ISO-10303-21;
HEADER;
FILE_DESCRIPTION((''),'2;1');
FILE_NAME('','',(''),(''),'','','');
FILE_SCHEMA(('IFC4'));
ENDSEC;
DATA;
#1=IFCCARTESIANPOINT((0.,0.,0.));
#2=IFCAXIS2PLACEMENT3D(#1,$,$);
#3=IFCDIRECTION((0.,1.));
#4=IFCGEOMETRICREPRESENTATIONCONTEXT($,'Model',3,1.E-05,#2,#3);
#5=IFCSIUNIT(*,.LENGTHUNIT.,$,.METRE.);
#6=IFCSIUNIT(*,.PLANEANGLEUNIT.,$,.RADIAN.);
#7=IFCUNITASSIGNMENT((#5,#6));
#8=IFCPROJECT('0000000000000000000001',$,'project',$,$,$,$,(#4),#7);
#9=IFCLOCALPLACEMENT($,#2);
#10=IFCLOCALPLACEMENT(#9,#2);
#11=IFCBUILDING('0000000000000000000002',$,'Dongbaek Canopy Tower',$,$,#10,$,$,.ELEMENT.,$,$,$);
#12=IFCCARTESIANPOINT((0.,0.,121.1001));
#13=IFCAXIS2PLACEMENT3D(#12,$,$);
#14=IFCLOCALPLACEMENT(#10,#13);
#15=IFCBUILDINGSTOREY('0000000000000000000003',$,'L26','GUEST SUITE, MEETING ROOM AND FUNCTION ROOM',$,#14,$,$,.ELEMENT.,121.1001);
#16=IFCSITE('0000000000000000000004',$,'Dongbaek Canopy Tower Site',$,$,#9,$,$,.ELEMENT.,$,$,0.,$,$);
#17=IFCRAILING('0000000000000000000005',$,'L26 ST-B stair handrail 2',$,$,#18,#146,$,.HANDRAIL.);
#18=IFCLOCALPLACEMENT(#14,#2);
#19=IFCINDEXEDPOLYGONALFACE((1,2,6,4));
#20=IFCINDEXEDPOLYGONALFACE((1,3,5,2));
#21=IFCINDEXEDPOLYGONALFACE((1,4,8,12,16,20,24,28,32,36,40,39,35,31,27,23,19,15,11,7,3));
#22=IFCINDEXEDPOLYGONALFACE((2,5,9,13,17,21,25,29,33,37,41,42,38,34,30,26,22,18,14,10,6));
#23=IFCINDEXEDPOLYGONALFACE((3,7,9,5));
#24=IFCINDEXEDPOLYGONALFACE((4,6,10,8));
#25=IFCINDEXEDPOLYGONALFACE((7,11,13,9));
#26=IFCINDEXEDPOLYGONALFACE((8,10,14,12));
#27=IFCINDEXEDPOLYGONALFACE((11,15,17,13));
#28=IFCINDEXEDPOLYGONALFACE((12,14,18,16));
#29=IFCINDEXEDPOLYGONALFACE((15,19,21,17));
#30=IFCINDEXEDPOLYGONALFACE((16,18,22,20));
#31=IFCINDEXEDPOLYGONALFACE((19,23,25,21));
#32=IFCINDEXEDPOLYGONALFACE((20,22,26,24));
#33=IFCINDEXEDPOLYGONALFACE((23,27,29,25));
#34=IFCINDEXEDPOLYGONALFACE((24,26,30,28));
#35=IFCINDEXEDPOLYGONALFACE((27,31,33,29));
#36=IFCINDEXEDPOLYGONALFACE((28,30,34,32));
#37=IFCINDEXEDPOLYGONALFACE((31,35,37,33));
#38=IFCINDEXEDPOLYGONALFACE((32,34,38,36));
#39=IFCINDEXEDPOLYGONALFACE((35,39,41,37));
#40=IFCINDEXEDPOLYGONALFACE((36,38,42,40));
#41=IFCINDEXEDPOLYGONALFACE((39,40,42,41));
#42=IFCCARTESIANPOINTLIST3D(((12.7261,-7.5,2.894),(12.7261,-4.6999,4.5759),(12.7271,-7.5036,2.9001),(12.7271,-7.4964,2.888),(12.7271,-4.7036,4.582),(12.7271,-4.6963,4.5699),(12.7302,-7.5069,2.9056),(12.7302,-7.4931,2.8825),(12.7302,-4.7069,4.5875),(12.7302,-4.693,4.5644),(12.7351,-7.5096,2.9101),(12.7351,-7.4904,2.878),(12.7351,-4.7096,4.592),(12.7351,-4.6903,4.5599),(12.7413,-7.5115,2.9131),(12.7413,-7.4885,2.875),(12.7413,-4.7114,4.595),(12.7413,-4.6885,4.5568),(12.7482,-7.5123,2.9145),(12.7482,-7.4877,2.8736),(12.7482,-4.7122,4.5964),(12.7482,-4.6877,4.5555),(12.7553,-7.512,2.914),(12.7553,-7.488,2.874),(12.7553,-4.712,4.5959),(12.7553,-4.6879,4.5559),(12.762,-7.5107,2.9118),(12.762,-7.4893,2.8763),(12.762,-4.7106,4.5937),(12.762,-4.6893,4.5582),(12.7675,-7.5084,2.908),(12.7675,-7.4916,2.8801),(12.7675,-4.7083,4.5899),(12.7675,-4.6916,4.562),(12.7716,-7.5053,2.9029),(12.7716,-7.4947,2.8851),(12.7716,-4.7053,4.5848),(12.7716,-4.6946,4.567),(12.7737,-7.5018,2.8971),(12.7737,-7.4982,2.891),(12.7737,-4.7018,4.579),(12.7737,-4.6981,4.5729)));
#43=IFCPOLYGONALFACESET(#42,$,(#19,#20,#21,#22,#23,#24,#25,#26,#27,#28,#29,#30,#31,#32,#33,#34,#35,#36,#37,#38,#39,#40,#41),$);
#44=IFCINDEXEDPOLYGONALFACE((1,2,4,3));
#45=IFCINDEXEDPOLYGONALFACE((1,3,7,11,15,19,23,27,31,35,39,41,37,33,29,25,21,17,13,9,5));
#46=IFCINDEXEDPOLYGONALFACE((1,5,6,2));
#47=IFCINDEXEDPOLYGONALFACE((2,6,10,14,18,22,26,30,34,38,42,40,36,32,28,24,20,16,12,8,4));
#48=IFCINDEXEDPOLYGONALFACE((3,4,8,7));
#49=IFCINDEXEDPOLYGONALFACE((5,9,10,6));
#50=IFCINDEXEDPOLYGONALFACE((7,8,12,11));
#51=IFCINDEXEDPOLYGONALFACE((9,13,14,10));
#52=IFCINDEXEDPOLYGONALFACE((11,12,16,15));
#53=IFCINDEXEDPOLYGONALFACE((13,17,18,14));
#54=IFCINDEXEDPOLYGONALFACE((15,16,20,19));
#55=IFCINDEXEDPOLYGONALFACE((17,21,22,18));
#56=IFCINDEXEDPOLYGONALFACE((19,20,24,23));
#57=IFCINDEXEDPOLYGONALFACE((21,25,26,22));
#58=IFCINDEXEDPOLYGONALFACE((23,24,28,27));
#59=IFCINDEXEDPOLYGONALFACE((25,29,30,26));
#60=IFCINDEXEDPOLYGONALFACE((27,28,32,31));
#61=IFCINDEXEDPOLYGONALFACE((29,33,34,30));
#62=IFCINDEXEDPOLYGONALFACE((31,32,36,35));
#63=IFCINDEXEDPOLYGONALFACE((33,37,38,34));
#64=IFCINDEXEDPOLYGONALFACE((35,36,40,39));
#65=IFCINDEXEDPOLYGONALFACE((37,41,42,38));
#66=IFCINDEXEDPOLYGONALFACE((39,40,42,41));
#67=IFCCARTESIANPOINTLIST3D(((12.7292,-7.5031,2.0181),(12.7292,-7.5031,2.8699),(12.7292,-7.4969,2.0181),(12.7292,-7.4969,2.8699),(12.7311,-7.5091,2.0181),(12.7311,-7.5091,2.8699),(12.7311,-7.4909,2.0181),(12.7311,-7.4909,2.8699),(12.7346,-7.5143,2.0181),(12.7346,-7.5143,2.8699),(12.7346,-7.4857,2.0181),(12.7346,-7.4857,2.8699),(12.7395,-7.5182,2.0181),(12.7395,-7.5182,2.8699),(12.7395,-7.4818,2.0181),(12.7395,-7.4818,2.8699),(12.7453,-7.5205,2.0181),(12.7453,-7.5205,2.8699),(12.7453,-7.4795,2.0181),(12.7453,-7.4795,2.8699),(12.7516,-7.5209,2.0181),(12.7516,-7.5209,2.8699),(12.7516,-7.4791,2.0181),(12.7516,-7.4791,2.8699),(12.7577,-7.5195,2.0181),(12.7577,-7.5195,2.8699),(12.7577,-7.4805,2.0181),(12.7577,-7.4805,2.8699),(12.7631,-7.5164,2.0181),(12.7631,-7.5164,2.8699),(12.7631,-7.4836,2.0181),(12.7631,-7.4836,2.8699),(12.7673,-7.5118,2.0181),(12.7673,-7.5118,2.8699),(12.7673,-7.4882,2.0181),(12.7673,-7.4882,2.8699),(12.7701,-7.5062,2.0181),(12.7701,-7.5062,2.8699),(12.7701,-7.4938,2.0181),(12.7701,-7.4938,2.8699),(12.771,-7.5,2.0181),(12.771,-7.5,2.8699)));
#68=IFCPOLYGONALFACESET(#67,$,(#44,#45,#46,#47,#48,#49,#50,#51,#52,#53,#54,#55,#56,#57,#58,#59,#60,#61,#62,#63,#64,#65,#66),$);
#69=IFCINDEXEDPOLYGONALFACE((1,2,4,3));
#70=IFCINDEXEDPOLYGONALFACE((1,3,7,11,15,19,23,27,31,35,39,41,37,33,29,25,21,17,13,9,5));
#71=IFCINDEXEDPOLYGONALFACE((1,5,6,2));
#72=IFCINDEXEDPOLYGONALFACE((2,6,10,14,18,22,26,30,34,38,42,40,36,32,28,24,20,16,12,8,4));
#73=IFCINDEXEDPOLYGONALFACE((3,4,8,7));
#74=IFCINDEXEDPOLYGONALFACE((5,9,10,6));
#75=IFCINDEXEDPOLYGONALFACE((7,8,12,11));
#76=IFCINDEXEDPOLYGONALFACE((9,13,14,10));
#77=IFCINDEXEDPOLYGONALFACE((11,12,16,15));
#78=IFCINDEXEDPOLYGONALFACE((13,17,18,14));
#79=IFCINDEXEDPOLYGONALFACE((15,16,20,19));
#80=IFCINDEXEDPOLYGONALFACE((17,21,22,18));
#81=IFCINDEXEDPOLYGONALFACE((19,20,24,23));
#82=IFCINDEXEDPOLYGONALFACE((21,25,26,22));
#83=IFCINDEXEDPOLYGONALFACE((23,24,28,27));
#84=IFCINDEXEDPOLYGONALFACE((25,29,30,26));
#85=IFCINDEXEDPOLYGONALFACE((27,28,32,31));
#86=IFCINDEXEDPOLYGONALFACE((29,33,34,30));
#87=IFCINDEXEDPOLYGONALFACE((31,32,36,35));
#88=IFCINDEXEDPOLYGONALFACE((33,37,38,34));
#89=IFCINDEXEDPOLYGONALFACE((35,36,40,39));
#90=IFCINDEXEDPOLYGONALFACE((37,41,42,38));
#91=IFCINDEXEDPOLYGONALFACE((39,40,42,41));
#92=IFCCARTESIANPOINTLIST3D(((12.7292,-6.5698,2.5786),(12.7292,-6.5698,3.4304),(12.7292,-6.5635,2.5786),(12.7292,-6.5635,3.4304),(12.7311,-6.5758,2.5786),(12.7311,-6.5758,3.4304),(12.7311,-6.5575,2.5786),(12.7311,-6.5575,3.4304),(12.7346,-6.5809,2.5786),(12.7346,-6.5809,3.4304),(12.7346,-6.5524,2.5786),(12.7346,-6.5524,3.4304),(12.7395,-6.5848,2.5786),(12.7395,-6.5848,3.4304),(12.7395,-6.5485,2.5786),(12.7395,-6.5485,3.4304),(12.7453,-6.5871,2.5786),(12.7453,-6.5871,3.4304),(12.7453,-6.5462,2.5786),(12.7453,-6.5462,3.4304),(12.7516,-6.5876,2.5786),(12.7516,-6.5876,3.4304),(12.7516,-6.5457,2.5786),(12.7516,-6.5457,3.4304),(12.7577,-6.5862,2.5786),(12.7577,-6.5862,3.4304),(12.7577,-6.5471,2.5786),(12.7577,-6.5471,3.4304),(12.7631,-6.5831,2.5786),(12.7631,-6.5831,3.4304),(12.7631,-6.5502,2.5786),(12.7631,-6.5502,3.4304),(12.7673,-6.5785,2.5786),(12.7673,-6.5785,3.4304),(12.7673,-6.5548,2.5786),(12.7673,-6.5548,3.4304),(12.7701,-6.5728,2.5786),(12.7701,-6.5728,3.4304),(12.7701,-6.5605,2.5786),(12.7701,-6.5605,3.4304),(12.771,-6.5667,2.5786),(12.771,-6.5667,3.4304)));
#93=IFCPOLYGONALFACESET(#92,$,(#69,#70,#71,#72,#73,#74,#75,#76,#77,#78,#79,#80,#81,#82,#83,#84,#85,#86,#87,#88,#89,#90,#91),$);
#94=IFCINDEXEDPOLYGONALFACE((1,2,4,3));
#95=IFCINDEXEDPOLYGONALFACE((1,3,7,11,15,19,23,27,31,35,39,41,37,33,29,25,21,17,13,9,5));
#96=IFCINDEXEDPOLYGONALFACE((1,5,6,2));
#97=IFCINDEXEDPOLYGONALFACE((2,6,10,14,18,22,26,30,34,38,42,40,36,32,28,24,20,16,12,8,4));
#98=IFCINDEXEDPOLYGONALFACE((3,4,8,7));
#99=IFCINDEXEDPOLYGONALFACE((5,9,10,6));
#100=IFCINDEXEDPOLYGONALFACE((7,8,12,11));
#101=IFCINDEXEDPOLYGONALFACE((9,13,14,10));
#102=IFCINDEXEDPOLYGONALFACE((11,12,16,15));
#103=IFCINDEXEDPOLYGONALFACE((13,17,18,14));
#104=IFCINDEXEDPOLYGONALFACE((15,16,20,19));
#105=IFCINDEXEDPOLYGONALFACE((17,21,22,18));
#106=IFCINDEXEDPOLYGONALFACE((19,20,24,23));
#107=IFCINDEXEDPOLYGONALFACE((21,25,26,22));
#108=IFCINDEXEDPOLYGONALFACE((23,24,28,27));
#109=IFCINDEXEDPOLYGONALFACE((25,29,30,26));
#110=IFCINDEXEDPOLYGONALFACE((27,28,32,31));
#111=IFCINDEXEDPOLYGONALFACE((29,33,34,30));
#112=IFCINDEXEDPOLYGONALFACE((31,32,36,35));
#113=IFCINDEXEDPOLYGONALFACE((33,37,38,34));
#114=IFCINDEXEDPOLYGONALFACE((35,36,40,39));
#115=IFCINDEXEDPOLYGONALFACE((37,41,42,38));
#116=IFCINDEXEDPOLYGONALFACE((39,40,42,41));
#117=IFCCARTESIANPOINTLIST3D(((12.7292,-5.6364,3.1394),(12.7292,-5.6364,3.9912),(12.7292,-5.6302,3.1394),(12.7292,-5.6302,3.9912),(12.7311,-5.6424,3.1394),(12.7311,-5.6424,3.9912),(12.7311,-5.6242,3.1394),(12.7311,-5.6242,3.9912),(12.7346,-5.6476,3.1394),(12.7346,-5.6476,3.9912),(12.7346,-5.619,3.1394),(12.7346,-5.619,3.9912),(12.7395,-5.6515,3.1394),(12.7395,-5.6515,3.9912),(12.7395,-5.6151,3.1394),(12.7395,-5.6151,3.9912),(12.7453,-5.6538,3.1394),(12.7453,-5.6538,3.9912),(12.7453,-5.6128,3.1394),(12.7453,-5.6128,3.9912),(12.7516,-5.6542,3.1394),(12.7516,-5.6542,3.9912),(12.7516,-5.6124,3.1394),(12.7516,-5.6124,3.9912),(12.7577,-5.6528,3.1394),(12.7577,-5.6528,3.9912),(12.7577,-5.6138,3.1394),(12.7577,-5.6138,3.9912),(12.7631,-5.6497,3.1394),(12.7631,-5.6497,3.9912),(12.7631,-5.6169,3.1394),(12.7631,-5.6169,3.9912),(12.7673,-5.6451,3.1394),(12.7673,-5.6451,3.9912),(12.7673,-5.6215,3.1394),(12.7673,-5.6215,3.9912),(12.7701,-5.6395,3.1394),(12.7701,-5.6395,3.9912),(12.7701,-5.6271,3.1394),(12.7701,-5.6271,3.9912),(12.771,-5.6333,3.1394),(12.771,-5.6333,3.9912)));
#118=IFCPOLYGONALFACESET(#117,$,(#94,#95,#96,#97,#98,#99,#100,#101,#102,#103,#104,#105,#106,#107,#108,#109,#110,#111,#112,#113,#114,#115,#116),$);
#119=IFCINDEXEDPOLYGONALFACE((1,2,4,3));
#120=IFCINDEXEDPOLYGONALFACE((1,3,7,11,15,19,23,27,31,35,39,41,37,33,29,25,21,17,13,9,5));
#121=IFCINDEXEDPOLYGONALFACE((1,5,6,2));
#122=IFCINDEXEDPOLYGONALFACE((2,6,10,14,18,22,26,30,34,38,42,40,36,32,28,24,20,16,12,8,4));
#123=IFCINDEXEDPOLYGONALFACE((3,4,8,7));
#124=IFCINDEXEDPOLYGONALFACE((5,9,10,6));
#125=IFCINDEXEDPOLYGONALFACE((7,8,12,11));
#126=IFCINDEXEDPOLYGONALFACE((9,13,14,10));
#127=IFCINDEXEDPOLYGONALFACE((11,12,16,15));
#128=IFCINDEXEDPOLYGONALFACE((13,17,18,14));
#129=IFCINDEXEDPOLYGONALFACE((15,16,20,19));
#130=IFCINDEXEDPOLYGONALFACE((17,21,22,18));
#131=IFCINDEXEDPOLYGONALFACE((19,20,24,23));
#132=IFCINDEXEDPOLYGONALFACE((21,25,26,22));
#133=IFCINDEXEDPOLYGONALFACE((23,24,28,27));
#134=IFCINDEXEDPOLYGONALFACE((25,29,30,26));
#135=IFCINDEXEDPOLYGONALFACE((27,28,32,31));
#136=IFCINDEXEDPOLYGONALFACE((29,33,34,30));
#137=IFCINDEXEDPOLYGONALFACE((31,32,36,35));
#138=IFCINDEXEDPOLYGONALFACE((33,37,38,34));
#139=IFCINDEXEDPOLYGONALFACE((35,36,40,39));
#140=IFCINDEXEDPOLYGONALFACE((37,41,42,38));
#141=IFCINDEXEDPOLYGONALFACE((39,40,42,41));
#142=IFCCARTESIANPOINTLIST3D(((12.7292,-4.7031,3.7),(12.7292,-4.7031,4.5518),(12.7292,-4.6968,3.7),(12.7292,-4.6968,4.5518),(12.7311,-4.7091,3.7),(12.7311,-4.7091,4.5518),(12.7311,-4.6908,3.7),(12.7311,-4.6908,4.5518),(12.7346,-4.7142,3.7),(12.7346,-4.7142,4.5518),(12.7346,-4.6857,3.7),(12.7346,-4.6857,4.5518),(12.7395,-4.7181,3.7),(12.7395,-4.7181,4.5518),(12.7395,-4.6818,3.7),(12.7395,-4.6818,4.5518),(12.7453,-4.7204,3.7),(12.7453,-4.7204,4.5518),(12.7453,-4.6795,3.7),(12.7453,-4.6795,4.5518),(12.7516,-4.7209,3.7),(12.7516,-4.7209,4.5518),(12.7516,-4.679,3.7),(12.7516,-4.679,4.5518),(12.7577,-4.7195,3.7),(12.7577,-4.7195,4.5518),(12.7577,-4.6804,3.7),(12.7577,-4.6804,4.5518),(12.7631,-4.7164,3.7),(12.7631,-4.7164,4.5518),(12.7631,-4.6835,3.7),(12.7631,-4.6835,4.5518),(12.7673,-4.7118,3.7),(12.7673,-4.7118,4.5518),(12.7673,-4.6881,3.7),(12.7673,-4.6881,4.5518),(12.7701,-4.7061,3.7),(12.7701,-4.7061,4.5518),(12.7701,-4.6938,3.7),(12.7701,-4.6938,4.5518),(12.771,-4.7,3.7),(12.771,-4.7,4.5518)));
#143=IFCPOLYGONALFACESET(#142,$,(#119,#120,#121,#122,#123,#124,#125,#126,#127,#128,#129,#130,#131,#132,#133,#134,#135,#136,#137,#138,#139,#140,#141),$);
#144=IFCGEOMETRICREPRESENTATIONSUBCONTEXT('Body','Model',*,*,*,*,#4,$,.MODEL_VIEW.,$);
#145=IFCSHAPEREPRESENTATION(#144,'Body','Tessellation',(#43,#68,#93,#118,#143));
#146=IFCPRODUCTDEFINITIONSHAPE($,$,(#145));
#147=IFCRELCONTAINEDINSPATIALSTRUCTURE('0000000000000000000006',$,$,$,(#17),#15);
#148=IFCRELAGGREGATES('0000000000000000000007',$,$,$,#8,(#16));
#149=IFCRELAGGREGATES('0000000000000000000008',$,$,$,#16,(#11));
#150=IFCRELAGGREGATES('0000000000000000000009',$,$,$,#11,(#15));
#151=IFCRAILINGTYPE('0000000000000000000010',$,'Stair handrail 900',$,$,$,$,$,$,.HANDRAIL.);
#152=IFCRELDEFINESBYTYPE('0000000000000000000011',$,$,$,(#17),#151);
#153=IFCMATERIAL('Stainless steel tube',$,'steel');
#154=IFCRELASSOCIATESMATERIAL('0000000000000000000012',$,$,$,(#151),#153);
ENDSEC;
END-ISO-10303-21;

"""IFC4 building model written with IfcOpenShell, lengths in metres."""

from ifc_helpers import new_model, si_unit, direction, frame, origin, origin_2d, place, context, subcontext, project, spatial, circle, extrude, material, type_object, element, save


model = new_model("IFC4")

# Units and contexts
model_context = context("Model", 3, precision=1e-05, world=origin(), true_north=direction((0.0, 1.0)))
body_context = subcontext(model_context, "Body", "Model", "MODEL_VIEW")
ifc_project = project(units=[si_unit("LENGTHUNIT", "METRE"), si_unit("PLANEANGLEUNIT", "RADIAN")], contexts=[model_context])

# Site, building, storey
site_placement = place(None, origin())
site = spatial("IfcSite", under=ifc_project, at=site_placement, Name="Dongbaek Canopy Tower Site", CompositionType="ELEMENT", RefElevation=0.0)
building_placement = place(site_placement, origin())
building = spatial("IfcBuilding", under=site, at=building_placement, Name="Dongbaek Canopy Tower", CompositionType="ELEMENT")
storey_placement = place(building_placement, frame((0.0, 0.0, 121.1001)))
storey = spatial("IfcBuildingStorey", under=building, at=storey_placement, Name="L26", Description="GUEST SUITE, MEETING ROOM AND FUNCTION ROOM", CompositionType="ELEMENT", Elevation=121.1001)

# Railing
ifc_material_1 = material(Name="Stainless steel tube", Category="steel")
railing_type_1 = type_object("IfcRailingType", Name="Stair handrail 900", PredefinedType="HANDRAIL", material=ifc_material_1)
railing_1_placement = place(storey_placement, frame((12.75, -7.5, 2.0181)))
element("IfcRailing", 1, at=railing_1_placement, inside=storey, type_object=railing_type_1, Name="L26 ST-B stair handrail 2", PredefinedType="HANDRAIL", context=body_context, shape_type="SweptSolid", body=[
    extrude(circle(Radius=0.0239, at=origin_2d()), frame((0.0, 0.0, 0.876), z_axis=(0.0, 0.857242, 0.514913), x_axis=(-1.0, 0.0, 0.0)), (0.0, 0.0, 1.0), 3.2664),
    extrude(circle(Radius=0.021, at=origin_2d()), origin(), (0.0, 0.0, 1.0), 0.8518),
    extrude(circle(Radius=0.021, at=origin_2d()), frame((0.0, 0.9333, 0.5605)), (0.0, 0.0, 1.0), 0.8518),
    extrude(circle(Radius=0.021, at=origin_2d()), frame((0.0, 1.8667, 1.1213)), (0.0, 0.0, 1.0), 0.8518),
    extrude(circle(Radius=0.021, at=origin_2d()), frame((0.0, 2.8, 1.6819)), (0.0, 0.0, 1.0), 0.8518),
])

save(model, "model.ifc")
